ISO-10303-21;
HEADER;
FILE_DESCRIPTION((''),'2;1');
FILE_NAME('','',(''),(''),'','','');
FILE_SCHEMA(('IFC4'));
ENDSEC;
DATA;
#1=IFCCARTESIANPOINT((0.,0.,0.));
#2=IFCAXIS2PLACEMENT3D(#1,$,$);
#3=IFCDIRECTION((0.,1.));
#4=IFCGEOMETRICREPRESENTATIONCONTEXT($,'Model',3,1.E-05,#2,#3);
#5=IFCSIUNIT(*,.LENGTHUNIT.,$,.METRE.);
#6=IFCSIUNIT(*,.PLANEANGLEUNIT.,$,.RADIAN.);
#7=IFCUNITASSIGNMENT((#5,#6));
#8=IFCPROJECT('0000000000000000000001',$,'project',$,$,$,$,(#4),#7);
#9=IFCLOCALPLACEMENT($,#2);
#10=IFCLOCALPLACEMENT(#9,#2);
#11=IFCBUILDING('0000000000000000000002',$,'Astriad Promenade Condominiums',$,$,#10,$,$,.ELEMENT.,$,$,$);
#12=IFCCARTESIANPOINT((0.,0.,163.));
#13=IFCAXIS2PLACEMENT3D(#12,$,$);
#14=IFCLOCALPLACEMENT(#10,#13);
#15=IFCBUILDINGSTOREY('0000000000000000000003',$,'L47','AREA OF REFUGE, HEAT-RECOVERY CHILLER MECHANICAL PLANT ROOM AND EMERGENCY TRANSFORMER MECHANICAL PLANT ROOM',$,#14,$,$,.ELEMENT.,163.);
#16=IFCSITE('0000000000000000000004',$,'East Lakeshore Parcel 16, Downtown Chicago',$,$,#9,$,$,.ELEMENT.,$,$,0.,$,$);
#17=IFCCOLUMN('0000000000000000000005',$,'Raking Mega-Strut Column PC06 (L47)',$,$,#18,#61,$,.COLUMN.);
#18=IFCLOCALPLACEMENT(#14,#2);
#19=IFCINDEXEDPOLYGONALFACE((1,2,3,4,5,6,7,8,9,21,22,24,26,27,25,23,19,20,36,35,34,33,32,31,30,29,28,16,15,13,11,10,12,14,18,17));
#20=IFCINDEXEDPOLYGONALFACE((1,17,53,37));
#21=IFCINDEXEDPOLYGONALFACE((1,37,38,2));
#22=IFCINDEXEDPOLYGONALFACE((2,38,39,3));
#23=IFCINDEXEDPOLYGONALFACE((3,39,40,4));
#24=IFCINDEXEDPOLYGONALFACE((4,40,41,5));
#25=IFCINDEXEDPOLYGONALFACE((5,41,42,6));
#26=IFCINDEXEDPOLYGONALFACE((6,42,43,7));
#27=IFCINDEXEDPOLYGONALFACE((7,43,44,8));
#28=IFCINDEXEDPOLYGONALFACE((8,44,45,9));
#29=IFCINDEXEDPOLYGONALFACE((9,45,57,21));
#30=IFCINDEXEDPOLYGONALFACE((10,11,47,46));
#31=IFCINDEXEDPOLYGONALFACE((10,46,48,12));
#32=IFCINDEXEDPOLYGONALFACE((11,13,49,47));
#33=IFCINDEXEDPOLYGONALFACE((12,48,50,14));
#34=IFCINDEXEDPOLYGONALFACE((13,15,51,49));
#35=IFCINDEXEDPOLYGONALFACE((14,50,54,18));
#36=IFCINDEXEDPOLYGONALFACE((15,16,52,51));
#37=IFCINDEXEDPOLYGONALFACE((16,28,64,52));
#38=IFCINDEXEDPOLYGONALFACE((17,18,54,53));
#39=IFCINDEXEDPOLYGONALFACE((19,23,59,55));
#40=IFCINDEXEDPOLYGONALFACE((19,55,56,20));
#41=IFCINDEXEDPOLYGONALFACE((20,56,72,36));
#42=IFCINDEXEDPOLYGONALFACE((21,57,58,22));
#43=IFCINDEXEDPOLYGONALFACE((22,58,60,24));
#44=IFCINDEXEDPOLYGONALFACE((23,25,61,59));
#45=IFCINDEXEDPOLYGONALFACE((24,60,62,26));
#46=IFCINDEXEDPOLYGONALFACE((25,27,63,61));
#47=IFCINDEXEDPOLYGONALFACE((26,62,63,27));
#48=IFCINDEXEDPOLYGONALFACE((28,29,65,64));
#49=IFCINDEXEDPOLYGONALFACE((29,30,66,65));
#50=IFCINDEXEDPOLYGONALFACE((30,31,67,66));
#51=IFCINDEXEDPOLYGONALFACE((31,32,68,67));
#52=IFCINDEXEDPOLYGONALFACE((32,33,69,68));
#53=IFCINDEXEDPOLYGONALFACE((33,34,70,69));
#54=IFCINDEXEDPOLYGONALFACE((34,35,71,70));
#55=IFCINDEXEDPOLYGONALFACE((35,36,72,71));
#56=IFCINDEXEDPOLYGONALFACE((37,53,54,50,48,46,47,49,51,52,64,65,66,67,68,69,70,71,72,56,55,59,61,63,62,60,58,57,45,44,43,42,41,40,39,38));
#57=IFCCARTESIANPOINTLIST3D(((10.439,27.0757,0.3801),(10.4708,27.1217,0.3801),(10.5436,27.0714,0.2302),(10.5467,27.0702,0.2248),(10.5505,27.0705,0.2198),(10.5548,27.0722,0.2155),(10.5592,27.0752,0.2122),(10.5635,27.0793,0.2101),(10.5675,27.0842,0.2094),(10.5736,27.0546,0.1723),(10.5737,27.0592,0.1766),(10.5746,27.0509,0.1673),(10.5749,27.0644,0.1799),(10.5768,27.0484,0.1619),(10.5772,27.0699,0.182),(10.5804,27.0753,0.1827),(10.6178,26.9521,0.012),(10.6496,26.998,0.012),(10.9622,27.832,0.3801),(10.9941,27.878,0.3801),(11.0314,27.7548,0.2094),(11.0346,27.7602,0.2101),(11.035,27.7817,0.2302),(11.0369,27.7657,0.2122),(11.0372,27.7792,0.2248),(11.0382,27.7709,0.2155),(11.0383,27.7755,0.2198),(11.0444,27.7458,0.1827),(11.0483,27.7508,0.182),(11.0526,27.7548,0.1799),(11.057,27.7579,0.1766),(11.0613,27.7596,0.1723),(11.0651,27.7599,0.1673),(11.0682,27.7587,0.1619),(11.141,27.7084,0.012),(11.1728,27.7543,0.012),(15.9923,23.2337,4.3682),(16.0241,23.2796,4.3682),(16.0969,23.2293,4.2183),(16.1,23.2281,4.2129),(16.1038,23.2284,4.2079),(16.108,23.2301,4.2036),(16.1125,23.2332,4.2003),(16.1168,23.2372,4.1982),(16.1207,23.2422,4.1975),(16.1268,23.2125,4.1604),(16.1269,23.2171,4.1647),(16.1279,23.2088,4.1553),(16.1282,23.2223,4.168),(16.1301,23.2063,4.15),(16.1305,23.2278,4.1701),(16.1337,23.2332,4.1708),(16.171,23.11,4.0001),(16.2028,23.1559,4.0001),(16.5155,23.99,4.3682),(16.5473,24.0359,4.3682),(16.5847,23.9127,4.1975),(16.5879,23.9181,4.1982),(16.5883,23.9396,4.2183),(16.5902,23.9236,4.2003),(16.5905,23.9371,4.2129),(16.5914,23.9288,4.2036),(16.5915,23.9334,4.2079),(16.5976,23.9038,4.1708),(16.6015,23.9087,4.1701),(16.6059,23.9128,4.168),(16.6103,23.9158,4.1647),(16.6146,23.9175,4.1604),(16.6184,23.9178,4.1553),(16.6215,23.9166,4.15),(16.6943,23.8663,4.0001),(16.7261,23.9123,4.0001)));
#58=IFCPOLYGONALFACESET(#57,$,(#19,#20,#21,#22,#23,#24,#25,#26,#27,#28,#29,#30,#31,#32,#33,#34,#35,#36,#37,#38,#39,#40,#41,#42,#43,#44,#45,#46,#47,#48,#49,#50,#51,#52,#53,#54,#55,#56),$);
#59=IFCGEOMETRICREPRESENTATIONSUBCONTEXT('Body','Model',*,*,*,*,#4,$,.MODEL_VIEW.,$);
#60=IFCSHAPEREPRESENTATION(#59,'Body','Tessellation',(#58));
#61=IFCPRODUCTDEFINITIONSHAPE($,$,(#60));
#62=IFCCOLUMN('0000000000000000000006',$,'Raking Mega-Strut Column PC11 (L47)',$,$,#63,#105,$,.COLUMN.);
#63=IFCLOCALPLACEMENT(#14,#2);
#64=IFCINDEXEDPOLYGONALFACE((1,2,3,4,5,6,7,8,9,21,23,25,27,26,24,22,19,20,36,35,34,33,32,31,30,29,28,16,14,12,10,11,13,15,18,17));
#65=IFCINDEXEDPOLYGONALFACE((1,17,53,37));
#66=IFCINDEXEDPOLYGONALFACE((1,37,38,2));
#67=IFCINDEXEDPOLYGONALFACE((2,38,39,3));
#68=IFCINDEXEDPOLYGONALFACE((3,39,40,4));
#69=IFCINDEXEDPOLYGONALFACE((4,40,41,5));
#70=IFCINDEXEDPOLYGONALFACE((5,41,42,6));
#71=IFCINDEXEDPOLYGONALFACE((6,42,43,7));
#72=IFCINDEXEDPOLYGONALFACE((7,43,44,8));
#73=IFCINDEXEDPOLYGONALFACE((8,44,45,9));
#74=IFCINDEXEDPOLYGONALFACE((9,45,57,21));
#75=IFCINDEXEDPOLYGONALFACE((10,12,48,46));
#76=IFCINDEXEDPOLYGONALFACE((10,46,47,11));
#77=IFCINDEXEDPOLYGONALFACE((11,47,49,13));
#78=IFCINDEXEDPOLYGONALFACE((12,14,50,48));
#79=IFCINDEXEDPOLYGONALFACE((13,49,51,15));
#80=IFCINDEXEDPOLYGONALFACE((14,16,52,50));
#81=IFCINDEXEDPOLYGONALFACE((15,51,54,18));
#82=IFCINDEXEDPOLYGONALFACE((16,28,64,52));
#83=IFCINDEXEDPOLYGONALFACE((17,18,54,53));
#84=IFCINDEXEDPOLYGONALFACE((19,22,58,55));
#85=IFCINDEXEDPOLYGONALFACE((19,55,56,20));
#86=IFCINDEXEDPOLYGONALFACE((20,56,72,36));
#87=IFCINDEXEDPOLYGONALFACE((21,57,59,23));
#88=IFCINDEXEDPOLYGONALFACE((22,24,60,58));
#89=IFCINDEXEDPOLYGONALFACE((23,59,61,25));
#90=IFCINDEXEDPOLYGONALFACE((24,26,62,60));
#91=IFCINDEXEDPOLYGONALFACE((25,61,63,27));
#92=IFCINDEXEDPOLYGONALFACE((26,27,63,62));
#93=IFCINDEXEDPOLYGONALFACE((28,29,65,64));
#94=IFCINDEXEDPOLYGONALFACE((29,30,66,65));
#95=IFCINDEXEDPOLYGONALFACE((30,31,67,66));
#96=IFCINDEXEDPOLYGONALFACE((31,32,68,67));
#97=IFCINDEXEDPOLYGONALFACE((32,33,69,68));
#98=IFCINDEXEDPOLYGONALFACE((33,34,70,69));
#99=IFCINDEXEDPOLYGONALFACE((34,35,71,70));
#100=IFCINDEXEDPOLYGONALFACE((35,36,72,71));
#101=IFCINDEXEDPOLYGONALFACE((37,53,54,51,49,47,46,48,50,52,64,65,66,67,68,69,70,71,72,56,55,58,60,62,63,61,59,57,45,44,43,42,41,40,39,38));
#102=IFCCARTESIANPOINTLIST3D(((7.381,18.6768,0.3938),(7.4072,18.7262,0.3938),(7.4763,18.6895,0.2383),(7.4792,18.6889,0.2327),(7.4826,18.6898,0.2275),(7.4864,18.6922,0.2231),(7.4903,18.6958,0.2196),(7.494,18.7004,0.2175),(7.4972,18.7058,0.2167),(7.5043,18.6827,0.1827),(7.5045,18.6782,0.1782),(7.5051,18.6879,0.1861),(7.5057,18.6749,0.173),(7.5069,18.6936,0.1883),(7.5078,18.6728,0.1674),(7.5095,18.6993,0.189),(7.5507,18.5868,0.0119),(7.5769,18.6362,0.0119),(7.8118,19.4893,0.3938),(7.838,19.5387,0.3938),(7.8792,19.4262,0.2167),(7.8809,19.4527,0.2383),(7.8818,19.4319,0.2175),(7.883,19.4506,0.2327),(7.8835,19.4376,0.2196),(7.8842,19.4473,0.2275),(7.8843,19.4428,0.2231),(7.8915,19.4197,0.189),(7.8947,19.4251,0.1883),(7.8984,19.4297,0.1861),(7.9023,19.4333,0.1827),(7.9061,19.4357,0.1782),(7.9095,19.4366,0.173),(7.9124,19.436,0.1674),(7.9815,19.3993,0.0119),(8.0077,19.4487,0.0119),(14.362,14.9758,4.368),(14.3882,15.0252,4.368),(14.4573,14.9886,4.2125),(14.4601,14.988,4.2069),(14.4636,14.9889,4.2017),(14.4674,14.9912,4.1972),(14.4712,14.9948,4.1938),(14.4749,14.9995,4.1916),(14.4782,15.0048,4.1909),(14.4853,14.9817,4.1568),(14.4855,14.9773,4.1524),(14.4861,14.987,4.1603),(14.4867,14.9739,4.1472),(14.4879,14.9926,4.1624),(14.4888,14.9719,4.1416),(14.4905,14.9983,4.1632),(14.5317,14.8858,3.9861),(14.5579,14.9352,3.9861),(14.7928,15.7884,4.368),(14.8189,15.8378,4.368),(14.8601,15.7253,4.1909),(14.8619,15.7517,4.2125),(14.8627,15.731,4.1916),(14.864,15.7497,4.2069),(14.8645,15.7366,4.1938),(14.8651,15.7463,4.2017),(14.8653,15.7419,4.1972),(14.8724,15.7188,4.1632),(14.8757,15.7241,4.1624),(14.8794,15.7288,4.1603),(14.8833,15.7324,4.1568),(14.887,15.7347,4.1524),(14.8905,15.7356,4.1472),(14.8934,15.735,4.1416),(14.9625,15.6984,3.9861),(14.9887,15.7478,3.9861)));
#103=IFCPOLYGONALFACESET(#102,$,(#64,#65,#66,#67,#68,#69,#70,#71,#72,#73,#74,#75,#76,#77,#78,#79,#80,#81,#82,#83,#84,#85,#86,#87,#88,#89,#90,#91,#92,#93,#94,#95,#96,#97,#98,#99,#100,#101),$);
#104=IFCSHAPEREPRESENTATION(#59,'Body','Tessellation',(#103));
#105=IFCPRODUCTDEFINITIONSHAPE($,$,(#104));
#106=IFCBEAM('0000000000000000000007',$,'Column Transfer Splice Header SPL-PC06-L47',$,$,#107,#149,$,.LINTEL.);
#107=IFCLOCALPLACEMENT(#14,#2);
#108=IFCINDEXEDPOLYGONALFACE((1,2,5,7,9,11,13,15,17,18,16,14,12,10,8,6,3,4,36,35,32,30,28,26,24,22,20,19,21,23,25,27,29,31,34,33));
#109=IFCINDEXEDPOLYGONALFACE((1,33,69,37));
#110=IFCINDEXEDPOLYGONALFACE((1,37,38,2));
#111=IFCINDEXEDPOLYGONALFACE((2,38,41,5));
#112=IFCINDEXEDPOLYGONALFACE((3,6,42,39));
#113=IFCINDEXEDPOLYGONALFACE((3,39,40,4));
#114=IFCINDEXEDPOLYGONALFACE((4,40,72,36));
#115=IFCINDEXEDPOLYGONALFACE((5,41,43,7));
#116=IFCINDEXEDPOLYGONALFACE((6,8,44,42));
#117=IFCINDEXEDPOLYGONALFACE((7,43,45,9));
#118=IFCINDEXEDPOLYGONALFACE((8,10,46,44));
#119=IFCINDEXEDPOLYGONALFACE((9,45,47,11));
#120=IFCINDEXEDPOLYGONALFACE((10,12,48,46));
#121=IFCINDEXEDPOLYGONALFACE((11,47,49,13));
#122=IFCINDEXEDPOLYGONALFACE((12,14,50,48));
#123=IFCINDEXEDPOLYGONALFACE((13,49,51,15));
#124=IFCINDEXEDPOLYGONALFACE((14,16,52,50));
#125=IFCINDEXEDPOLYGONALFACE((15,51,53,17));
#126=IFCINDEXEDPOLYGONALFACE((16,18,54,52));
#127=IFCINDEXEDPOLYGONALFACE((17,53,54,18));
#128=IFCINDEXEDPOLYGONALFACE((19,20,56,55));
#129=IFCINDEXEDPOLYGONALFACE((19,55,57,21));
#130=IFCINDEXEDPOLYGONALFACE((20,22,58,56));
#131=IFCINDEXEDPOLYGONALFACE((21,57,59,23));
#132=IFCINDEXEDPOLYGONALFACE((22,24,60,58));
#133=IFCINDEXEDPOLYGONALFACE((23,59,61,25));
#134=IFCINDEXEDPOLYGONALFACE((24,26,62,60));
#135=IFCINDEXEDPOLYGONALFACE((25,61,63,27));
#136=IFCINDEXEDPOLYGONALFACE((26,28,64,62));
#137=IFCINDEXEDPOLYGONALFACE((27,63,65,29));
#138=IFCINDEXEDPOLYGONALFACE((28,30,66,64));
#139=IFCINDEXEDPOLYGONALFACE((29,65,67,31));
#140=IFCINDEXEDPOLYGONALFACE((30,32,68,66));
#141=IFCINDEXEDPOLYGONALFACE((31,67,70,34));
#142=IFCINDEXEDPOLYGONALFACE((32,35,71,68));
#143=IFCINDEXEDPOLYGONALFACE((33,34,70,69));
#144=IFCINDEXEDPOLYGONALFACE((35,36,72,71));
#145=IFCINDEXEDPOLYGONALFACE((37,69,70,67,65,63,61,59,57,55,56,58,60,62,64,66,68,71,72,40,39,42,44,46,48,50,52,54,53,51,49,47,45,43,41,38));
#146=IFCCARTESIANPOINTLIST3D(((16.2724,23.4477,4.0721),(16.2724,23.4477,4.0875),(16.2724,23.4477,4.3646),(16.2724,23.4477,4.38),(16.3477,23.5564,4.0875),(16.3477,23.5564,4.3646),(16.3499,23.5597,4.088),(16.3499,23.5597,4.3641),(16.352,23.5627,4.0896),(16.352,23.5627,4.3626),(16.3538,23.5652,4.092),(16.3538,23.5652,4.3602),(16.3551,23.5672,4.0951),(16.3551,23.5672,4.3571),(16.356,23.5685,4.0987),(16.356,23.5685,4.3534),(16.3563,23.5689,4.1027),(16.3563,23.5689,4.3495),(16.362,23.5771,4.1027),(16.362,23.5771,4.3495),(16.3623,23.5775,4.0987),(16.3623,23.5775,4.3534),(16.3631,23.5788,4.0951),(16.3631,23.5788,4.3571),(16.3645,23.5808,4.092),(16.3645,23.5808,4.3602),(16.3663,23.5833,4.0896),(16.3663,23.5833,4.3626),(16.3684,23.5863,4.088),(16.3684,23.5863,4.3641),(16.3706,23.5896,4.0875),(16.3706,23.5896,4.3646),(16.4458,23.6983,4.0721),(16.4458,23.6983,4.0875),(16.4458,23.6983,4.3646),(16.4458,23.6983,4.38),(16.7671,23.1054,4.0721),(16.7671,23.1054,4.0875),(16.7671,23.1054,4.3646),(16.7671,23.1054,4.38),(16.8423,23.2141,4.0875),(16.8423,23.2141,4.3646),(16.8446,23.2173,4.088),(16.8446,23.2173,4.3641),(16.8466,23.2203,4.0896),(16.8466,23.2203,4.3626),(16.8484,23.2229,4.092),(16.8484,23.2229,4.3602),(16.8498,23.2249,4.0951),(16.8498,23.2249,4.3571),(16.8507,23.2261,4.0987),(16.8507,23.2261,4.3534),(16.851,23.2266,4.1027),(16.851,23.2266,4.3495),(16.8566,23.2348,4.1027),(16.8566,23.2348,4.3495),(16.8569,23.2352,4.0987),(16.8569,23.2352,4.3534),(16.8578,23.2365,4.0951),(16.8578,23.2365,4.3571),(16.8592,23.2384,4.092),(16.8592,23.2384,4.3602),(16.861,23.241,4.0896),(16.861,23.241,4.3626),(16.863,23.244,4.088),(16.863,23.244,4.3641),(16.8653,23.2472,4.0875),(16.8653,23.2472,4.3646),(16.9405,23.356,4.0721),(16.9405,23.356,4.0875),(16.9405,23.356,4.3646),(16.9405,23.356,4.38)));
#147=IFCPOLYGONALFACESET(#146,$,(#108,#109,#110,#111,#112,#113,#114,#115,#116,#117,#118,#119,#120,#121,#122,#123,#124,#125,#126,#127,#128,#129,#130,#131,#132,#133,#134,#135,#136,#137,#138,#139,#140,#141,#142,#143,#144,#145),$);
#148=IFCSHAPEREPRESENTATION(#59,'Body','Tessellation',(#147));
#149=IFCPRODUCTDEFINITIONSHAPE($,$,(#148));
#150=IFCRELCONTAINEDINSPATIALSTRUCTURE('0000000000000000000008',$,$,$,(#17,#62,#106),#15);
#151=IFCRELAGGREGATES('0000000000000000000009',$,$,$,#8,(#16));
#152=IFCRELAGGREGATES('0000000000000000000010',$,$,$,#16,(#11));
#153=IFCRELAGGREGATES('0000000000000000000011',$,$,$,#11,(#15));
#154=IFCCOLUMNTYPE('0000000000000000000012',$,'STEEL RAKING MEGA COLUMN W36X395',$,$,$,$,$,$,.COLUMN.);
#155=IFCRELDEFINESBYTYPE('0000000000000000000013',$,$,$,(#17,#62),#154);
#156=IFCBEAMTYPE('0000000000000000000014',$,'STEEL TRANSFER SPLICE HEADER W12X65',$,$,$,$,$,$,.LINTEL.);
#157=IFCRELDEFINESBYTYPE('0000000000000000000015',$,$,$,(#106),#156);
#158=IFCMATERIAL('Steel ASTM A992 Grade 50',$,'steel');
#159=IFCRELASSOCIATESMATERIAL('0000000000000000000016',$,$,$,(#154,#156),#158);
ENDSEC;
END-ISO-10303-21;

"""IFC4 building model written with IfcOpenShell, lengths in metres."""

from ifc_helpers import new_model, si_unit, direction, frame, origin, origin_2d, place, context, subcontext, project, spatial, i_section, extrude, source, transform, mapped, material, material_profile, profile_set, type_object, type_shapes, element, save


model = new_model("IFC4")

# Units and contexts
model_context = context("Model", 3, precision=1e-05, world=origin(), true_north=direction((0.0, 1.0)))
body_context = subcontext(model_context, "Body", "Model", "MODEL_VIEW")
ifc_project = project(units=[si_unit("LENGTHUNIT", "METRE"), si_unit("PLANEANGLEUNIT", "RADIAN")], contexts=[model_context])

# Site, building, storey
site_placement = place(None, origin())
site = spatial("IfcSite", under=ifc_project, at=site_placement, Name="East Lakeshore Parcel 16, Downtown Chicago", CompositionType="ELEMENT", RefElevation=0.0)
building_placement = place(site_placement, origin())
building = spatial("IfcBuilding", under=site, at=building_placement, Name="Astriad Promenade Condominiums", CompositionType="ELEMENT")
storey_placement = place(building_placement, frame((0.0, 0.0, 163.0)))
storey = spatial("IfcBuildingStorey", under=building, at=storey_placement, Name="L47", Description="AREA OF REFUGE, HEAT-RECOVERY CHILLER MECHANICAL PLANT ROOM AND EMERGENCY TRANSFORMER MECHANICAL PLANT ROOM", CompositionType="ELEMENT", Elevation=163.0)

# Columns
ifc_material_1 = material(Name="Steel ASTM A992 Grade 50", Category="steel")
ifc_material_profile_1 = material_profile(ifc_material_1, i_section(OverallWidth=0.4275, OverallDepth=0.9756, WebThickness=0.031, FlangeThickness=0.0559, FilletRadius=0.0242, at=origin_2d()), Name="W36X395")
ifc_profile_set_1 = profile_set([ifc_material_profile_1], Name="Steel ASTM A992 Grade 50")
column_type = type_object("IfcColumnType", Name="STEEL RAKING MEGA COLUMN W36X395", PredefinedType="COLUMN", material=ifc_profile_set_1)
shared_shape_1 = source(origin(), body_context, "Body", "SweptSolid", [
    extrude(i_section(OverallWidth=0.4275, OverallDepth=0.9756, WebThickness=0.031, FlangeThickness=0.0559, FilletRadius=0.0242, at=origin_2d()), origin(), (0.0, 0.0, 1.0), 7.8425),
])
column_1_placement = place(storey_placement, frame((10.8059, 27.415, 0.196), z_axis=(0.708098, -0.489903, 0.508519), x_axis=(-0.418189, 0.289327, 0.861051)))
element("IfcColumn", 1, at=column_1_placement, inside=storey, type_object=column_type, Name="Raking Mega-Strut Column PC06 (L47)", PredefinedType="COLUMN", context=body_context, shape_type="MappedRepresentation", body=[
    mapped(shared_shape_1, transform((0.0, 0.0, 0.0), scale=1.0)),
])
shared_shape_2 = source(origin(), body_context, "Body", "SweptSolid", [
    extrude(i_section(OverallWidth=0.4275, OverallDepth=0.9756, WebThickness=0.031, FlangeThickness=0.0559, FilletRadius=0.0242, at=origin_2d()), origin(), (0.0, 0.0, 1.0), 8.8445),
])
type_shapes(column_type, [shared_shape_1, shared_shape_2])
column_2_placement = place(storey_placement, frame((7.6943, 19.0627, 0.2029), z_axis=(0.789304, -0.418446, 0.449335), x_axis=(-0.396996, 0.210466, 0.893363)))
element("IfcColumn", 2, at=column_2_placement, inside=storey, type_object=column_type, Name="Raking Mega-Strut Column PC11 (L47)", PredefinedType="COLUMN", context=body_context, shape_type="MappedRepresentation", body=[
    mapped(shared_shape_2, transform((0.0, 0.0, 0.0), scale=1.0)),
])

# Beam
ifc_material_profile_2 = material_profile(ifc_material_1, i_section(OverallWidth=0.3047, OverallDepth=0.3079, WebThickness=0.01, FlangeThickness=0.0154, FilletRadius=0.0151, at=origin_2d()), Name="W12X65")
ifc_profile_set_2 = profile_set([ifc_material_profile_2], Name="Steel ASTM A992 Grade 50")
beam_type_1 = type_object("IfcBeamType", Name="STEEL TRANSFER SPLICE HEADER W12X65", PredefinedType="LINTEL", material=ifc_profile_set_2)
shared_shape_3 = source(origin(), body_context, "Body", "SweptSolid", [
    extrude(i_section(OverallWidth=0.3047, OverallDepth=0.3079, WebThickness=0.01, FlangeThickness=0.0154, FilletRadius=0.0151, at=origin_2d()), origin(), (0.0, 0.0, 1.0), 0.6016),
])
type_shapes(beam_type_1, [shared_shape_3])
beam_1_placement = place(storey_placement, frame((16.3591, 23.573, 4.2261), z_axis=(0.822309, -0.569041, 0.0), x_axis=(0.569041, 0.822309, 0.0)))
element("IfcBeam", 3, at=beam_1_placement, inside=storey, type_object=beam_type_1, Name="Column Transfer Splice Header SPL-PC06-L47", PredefinedType="LINTEL", context=body_context, shape_type="MappedRepresentation", body=[
    mapped(shared_shape_3, transform((0.0, 0.0, 0.0), scale=1.0)),
])

save(model, "model.ifc")
